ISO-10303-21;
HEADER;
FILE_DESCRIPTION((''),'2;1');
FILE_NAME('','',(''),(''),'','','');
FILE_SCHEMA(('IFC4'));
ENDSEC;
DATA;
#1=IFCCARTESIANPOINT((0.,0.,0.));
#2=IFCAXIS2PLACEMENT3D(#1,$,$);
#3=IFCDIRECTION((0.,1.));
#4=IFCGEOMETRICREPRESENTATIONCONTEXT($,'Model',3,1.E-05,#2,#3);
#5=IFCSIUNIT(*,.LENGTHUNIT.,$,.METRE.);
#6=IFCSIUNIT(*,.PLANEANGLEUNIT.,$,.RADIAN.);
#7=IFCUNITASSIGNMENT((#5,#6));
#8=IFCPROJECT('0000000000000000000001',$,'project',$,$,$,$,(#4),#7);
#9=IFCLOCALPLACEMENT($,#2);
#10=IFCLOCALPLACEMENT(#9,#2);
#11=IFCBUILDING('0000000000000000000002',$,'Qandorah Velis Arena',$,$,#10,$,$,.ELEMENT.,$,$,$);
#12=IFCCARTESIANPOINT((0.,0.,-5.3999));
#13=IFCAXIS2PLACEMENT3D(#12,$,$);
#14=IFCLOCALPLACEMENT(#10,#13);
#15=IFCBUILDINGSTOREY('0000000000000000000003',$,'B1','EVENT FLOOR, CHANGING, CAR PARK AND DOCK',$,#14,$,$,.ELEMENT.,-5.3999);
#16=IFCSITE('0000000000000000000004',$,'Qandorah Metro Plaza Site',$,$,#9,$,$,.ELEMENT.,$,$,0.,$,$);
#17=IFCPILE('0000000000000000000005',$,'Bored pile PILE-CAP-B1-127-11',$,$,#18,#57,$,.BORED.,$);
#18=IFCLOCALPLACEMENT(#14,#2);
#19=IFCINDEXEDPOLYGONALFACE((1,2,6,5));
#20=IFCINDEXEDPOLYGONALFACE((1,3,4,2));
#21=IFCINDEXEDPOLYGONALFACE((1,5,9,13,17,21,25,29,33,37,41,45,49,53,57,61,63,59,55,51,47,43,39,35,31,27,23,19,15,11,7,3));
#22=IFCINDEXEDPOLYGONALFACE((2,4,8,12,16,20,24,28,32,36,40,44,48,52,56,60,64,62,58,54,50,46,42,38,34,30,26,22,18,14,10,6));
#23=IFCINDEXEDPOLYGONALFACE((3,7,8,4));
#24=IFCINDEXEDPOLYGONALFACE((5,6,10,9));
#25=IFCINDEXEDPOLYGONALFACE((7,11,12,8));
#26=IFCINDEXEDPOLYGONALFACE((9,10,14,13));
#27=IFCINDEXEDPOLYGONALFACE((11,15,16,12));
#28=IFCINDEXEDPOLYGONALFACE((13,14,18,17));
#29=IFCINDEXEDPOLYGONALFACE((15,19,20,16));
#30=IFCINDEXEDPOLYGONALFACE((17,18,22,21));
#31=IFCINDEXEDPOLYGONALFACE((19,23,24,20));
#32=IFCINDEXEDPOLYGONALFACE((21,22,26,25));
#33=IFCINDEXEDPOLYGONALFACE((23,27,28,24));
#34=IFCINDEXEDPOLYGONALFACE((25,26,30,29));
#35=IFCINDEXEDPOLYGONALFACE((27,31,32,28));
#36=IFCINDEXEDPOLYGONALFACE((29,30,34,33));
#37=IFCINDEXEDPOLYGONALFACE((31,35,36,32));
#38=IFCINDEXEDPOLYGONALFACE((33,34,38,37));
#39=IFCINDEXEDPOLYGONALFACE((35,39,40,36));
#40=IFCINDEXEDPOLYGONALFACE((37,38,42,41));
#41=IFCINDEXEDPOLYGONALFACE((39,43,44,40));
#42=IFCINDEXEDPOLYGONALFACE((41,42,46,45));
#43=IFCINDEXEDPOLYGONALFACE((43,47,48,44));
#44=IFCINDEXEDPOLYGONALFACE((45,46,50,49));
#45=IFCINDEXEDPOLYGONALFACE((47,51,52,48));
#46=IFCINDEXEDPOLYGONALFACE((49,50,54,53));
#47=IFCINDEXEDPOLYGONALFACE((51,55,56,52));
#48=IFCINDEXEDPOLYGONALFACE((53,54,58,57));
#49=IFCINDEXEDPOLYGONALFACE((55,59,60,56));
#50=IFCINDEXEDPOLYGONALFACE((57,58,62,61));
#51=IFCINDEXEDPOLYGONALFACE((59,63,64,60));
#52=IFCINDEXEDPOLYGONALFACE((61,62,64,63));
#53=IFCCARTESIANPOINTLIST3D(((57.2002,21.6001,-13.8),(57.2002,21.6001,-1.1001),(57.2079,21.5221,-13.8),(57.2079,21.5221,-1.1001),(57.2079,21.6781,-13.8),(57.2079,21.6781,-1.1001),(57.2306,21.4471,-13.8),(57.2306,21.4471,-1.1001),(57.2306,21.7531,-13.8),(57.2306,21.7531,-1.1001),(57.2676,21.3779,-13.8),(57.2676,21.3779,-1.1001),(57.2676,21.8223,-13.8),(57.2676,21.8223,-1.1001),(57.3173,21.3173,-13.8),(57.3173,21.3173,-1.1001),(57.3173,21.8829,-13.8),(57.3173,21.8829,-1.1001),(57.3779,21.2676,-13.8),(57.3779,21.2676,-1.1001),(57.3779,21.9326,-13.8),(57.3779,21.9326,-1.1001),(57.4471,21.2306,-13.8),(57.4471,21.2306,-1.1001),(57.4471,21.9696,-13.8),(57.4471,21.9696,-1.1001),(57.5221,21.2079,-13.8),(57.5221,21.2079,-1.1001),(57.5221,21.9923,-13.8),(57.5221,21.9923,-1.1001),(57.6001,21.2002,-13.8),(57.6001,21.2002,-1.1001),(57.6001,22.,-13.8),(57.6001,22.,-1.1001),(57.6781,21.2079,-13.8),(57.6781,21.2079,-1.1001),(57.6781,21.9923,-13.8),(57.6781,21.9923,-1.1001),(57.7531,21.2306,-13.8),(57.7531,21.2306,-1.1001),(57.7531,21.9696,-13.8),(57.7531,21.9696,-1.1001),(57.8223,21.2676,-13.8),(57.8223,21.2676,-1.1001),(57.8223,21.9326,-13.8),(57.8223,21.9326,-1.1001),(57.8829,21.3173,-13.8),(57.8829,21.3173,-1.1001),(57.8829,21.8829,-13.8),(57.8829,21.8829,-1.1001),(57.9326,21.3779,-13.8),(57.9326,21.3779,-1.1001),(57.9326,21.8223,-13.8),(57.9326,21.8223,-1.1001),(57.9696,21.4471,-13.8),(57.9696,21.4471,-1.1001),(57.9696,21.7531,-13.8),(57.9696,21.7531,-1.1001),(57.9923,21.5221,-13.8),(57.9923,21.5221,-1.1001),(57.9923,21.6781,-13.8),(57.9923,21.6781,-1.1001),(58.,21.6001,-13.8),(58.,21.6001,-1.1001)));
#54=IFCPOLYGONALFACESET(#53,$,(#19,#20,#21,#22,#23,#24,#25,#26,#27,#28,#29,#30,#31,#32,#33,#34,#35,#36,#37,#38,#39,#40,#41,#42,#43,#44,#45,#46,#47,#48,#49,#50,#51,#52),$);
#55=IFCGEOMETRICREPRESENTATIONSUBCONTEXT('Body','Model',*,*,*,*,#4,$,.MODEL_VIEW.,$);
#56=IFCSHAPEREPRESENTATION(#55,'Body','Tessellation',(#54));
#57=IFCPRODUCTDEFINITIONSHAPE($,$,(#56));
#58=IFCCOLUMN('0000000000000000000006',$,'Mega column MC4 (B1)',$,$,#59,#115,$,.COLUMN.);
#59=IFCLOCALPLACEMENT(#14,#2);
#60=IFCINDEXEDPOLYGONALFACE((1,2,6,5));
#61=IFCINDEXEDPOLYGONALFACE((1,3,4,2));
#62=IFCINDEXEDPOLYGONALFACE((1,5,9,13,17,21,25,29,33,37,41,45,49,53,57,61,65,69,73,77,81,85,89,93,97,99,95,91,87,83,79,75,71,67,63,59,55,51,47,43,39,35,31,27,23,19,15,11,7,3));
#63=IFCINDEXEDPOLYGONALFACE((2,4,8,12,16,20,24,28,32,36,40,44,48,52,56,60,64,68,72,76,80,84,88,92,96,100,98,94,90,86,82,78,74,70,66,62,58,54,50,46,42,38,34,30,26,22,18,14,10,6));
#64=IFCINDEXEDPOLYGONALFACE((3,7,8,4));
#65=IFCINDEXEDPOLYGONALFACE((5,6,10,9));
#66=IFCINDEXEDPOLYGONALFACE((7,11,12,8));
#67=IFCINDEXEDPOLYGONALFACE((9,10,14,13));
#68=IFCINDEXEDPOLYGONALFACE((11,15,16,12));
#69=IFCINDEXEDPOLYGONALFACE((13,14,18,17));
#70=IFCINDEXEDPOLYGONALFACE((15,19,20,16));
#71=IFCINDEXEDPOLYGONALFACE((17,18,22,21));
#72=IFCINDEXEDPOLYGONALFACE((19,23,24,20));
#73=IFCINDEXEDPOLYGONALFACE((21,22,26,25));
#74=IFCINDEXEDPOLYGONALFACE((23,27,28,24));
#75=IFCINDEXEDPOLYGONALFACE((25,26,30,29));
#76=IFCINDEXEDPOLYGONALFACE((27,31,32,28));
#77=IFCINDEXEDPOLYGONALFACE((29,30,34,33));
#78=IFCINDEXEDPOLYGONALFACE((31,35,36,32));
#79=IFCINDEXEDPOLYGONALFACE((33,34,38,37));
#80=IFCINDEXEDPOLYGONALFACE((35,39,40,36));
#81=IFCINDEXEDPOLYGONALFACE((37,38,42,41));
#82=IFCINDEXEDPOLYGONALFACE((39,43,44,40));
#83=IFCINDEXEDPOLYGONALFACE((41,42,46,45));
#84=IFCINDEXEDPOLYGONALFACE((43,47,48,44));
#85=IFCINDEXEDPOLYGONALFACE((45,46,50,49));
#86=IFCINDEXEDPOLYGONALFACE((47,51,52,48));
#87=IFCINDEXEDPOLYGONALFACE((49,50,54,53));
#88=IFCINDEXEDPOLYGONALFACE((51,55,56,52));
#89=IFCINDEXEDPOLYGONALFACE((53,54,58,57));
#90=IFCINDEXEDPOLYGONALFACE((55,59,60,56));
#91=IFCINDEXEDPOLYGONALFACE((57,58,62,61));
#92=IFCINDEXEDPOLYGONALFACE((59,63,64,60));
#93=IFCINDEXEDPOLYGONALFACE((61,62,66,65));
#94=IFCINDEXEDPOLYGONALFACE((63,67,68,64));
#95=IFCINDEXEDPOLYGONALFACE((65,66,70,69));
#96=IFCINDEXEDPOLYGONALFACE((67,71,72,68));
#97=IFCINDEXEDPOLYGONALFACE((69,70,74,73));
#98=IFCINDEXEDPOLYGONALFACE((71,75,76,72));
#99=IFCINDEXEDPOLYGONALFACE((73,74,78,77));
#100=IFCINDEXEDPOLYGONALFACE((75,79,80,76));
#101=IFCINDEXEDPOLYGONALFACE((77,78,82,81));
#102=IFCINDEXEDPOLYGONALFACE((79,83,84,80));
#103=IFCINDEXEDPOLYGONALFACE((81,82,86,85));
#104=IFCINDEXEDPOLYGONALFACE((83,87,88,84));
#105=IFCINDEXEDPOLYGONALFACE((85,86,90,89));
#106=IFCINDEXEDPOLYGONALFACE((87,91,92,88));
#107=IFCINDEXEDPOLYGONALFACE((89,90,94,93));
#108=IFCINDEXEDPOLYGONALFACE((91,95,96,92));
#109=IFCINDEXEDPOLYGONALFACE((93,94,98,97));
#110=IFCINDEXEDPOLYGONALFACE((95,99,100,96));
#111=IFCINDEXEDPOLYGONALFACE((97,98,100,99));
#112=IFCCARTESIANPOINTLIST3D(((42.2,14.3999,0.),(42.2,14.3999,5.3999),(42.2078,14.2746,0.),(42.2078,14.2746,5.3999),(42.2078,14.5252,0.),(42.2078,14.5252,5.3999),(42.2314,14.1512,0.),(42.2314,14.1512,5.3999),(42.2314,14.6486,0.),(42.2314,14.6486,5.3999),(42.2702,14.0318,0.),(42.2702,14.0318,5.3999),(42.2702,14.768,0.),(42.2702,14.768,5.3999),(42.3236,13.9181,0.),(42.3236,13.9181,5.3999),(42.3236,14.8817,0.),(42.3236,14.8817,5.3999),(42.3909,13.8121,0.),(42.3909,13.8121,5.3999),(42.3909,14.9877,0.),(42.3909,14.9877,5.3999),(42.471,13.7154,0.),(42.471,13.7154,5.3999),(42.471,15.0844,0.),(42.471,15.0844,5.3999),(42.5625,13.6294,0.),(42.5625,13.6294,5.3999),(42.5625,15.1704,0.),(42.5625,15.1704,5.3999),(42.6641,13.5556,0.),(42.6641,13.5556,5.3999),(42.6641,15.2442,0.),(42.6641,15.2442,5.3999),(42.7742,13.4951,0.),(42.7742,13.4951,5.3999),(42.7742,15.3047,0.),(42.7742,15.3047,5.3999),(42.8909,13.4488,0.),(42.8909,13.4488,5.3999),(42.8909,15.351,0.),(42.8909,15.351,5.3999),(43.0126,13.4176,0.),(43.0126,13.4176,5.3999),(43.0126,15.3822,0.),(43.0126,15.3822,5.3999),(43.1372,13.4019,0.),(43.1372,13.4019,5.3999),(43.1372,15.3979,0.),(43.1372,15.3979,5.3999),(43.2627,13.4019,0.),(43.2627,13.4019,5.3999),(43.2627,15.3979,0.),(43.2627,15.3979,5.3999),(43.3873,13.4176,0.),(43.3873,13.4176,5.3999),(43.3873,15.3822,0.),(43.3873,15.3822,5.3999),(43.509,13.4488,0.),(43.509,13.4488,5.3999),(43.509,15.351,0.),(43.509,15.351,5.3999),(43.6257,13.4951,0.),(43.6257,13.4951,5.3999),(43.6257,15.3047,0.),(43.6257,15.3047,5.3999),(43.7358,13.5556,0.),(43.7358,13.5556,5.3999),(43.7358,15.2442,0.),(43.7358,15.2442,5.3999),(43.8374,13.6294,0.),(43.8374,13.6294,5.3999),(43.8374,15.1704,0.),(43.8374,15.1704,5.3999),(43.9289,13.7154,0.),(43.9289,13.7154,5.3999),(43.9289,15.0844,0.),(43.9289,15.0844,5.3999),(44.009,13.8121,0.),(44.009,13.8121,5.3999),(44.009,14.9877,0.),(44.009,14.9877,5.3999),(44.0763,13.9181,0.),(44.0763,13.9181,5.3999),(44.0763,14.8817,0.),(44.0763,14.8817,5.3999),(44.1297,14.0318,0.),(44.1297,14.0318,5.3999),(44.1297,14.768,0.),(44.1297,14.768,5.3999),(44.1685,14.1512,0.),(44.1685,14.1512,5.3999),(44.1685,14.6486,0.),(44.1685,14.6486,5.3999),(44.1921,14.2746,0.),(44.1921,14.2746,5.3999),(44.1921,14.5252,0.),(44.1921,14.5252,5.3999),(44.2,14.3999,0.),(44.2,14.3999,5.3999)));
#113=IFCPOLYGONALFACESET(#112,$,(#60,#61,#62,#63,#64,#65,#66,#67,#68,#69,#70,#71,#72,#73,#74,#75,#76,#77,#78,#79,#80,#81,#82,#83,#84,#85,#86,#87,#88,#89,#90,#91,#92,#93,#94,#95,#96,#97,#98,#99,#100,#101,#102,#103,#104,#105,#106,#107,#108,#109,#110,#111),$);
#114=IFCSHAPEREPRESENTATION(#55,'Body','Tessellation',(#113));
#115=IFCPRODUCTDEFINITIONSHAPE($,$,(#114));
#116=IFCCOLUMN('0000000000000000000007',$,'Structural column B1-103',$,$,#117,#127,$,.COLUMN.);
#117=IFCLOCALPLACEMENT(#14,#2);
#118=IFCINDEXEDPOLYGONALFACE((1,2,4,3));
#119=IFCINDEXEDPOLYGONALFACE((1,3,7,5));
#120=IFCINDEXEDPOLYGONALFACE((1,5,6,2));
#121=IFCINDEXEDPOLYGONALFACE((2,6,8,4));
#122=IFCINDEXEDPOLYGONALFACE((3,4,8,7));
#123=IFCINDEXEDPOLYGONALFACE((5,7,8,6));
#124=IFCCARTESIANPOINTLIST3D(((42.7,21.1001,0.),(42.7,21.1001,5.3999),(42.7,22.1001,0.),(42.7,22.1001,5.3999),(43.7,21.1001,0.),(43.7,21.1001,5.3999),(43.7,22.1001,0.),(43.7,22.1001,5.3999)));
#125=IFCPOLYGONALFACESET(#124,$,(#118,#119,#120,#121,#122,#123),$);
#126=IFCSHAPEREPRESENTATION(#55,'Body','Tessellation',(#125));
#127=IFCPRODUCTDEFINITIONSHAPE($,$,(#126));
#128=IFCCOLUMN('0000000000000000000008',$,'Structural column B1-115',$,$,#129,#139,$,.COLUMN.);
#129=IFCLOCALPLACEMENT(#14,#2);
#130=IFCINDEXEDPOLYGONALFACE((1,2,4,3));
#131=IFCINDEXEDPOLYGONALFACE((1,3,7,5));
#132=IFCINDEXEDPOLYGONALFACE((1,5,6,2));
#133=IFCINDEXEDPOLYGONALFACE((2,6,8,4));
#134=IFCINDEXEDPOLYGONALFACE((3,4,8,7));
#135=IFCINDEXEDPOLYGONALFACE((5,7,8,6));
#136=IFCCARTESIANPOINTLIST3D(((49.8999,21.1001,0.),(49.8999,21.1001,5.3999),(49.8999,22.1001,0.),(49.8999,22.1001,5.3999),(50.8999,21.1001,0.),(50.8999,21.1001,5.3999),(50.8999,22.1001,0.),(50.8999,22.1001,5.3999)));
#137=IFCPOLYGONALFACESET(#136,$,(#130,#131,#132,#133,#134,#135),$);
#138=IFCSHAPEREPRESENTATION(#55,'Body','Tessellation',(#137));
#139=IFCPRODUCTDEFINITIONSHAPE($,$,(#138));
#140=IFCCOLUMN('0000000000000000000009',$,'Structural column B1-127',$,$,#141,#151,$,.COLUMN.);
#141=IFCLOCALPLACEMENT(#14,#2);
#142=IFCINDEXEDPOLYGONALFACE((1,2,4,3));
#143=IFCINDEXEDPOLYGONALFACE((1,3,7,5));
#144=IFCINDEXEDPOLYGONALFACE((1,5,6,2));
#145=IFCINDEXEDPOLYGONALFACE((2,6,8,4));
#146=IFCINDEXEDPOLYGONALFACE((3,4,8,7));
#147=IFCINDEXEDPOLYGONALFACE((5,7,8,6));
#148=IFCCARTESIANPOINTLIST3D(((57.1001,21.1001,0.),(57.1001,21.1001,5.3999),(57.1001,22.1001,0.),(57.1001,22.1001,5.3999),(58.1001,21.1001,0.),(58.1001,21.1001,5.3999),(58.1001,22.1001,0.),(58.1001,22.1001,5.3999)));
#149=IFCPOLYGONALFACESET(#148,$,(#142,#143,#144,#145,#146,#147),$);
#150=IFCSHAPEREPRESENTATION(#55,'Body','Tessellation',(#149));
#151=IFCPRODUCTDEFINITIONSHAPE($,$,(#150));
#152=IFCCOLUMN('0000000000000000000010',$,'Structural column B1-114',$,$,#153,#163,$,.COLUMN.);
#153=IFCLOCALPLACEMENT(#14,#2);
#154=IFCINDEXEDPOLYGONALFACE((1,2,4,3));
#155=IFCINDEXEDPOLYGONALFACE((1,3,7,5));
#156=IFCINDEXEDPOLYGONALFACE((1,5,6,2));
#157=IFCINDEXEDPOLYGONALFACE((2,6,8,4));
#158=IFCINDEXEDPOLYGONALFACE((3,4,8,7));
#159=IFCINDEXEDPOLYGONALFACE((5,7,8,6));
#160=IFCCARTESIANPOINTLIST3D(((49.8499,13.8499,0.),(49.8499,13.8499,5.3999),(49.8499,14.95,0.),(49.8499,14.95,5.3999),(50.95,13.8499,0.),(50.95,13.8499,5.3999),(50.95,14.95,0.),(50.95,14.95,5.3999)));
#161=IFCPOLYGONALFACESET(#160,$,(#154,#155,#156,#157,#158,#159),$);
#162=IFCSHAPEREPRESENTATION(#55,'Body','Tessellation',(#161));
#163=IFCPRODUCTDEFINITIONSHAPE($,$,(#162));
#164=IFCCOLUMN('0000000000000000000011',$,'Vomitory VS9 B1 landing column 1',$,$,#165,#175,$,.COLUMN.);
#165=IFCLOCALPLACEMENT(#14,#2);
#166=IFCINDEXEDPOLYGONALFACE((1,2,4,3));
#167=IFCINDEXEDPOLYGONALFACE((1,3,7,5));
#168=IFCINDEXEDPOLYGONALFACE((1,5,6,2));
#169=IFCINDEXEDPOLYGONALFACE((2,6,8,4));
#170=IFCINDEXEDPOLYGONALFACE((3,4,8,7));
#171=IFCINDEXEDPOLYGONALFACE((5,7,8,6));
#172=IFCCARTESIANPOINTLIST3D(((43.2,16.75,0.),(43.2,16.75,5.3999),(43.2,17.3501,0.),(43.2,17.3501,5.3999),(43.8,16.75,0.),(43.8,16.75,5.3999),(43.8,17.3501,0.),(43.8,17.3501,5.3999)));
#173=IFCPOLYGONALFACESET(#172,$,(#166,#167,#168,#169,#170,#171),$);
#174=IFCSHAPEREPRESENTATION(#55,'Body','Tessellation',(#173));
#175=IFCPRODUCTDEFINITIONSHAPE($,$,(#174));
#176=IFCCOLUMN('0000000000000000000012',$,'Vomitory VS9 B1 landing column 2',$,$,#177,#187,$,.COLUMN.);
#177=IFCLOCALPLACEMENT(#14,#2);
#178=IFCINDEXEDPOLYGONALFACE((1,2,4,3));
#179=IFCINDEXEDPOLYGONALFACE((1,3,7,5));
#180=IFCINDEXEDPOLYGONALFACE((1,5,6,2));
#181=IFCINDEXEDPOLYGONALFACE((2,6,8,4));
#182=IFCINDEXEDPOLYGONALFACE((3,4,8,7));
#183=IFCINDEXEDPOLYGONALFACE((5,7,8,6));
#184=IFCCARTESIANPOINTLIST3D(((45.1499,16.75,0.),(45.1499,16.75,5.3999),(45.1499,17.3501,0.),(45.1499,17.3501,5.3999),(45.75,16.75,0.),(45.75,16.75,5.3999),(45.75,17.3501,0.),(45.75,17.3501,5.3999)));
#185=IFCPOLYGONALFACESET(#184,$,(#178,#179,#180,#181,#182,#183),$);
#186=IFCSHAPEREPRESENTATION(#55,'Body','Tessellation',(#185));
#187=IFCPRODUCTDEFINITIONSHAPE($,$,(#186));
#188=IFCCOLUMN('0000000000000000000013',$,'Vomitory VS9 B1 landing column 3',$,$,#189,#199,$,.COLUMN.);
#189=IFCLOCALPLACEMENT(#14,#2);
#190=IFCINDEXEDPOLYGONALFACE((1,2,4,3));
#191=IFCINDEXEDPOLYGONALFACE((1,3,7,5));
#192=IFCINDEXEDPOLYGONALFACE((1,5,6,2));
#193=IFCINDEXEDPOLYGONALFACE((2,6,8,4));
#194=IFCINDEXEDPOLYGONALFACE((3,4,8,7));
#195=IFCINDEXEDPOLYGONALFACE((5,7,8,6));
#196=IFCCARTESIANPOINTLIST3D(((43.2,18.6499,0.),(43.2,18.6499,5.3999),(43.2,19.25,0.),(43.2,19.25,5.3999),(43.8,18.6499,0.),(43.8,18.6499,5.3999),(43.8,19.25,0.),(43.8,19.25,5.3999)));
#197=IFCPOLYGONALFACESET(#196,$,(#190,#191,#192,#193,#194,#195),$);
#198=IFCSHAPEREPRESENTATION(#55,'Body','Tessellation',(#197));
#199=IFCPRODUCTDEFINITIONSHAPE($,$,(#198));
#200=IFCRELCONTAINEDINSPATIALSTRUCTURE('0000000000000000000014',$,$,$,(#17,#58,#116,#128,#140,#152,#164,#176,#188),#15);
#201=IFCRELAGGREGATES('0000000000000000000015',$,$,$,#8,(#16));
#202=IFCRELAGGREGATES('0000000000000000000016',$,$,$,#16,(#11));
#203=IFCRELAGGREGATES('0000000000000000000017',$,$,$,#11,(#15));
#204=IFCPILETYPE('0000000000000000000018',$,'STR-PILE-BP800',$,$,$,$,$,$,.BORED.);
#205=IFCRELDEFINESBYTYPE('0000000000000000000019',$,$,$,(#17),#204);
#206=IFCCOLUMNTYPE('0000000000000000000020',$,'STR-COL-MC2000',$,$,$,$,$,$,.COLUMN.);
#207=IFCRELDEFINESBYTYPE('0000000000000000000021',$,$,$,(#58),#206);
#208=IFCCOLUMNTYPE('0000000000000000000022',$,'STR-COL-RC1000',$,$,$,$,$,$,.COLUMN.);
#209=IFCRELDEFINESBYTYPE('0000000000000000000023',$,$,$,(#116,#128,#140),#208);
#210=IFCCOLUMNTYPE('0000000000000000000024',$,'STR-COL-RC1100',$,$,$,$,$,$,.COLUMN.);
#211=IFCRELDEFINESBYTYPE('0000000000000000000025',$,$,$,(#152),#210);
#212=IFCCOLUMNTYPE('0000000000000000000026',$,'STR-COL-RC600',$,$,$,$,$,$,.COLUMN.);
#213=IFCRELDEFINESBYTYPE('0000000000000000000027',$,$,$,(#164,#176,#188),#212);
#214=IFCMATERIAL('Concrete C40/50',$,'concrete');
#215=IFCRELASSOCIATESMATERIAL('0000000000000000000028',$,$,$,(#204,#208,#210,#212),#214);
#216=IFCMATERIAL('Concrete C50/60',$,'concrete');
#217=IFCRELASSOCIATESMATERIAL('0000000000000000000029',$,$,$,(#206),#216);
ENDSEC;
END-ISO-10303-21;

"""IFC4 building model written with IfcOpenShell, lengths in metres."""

from ifc_helpers import new_model, si_unit, direction, frame, origin, origin_2d, place, context, subcontext, project, spatial, rectangle, circle, extrude, material, material_profile, profile_set, type_object, element, save


model = new_model("IFC4")

# Units and contexts
model_context = context("Model", 3, precision=1e-05, world=origin(), true_north=direction((0.0, 1.0)))
body_context = subcontext(model_context, "Body", "Model", "MODEL_VIEW")
ifc_project = project(units=[si_unit("LENGTHUNIT", "METRE"), si_unit("PLANEANGLEUNIT", "RADIAN")], contexts=[model_context])

# Site, building, storey
site_placement = place(None, origin())
site = spatial("IfcSite", under=ifc_project, at=site_placement, Name="Qandorah Metro Plaza Site", CompositionType="ELEMENT", RefElevation=0.0)
building_placement = place(site_placement, origin())
building = spatial("IfcBuilding", under=site, at=building_placement, Name="Qandorah Velis Arena", CompositionType="ELEMENT")
storey_placement = place(building_placement, frame((0.0, 0.0, -5.3999)))
storey = spatial("IfcBuildingStorey", under=building, at=storey_placement, Name="B1", Description="EVENT FLOOR, CHANGING, CAR PARK AND DOCK", CompositionType="ELEMENT", Elevation=-5.3999)

# Shared definitions
ifc_material_1 = material(Name="Concrete C40/50", Category="concrete")

# Pile
ifc_material_profile_1 = material_profile(ifc_material_1, circle(Radius=0.3999, at=origin_2d()), Name="BORED PILE D800")
ifc_profile_set_1 = profile_set([ifc_material_profile_1], Name="Concrete C40/50")
pile_type_1 = type_object("IfcPileType", Name="STR-PILE-BP800", PredefinedType="BORED", material=ifc_profile_set_1)
pile_1_placement = place(storey_placement, frame((57.6001, 21.6001, -1.1001), z_axis=(0.0, 0.0, -1.0), x_axis=(1.0, 0.0, 0.0)))
element("IfcPile", 1, at=pile_1_placement, inside=storey, type_object=pile_type_1, Name="Bored pile PILE-CAP-B1-127-11", PredefinedType="BORED", context=body_context, shape_type="SweptSolid", body=[
    extrude(circle(Radius=0.3999, at=origin_2d()), origin(), (0.0, 0.0, 1.0), 12.7),
])

# Columns
ifc_material_2 = material(Name="Concrete C50/60", Category="concrete")
ifc_material_profile_2 = material_profile(ifc_material_2, circle(Radius=1.0, at=origin_2d()), Name="MC D2000")
ifc_profile_set_2 = profile_set([ifc_material_profile_2], Name="Concrete C50/60")
column_type_1 = type_object("IfcColumnType", Name="STR-COL-MC2000", PredefinedType="COLUMN", material=ifc_profile_set_2)
column_1_placement = place(storey_placement, frame((43.2, 14.3999, 0.0), z_axis=(0.0, 0.0, 1.0), x_axis=(1.0, 0.0, 0.0)))
element("IfcColumn", 2, at=column_1_placement, inside=storey, type_object=column_type_1, Name="Mega column MC4 (B1)", PredefinedType="COLUMN", context=body_context, shape_type="SweptSolid", body=[
    extrude(circle(Radius=1.0, at=origin_2d()), origin(), (0.0, 0.0, 1.0), 5.3999),
])
ifc_material_profile_3 = material_profile(ifc_material_1, rectangle(XDim=1.0, YDim=1.0, at=origin_2d()), Name="RC COL 1000x1000")
ifc_profile_set_3 = profile_set([ifc_material_profile_3], Name="Concrete C40/50")
column_type_2 = type_object("IfcColumnType", Name="STR-COL-RC1000", PredefinedType="COLUMN", material=ifc_profile_set_3)
for number, where, z_axis, x_axis, name in (
    (3, (43.2, 21.6001, 0.0), (0.0, 0.0, 1.0), (1.0, 0.0, 0.0), "Structural column B1-103"),
    (4, (50.3999, 21.6001, 0.0), (0.0, 0.0, 1.0), (1.0, 0.0, 0.0), "Structural column B1-115"),
    (5, (57.6001, 21.6001, 0.0), (0.0, 0.0, 1.0), (1.0, 0.0, 0.0), "Structural column B1-127"),
):
    element("IfcColumn", number, at=place(storey_placement, frame(where, z_axis=z_axis, x_axis=x_axis)), inside=storey, type_object=column_type_2, Name=name, PredefinedType="COLUMN", context=body_context, shape_type="SweptSolid", body=[
        extrude(rectangle(XDim=1.0, YDim=1.0, at=origin_2d()), origin(), (0.0, 0.0, 1.0), 5.3999),
    ])
ifc_material_profile_4 = material_profile(ifc_material_1, rectangle(XDim=1.1001, YDim=1.1001, at=origin_2d()), Name="RC COL 1100x1100")
ifc_profile_set_4 = profile_set([ifc_material_profile_4], Name="Concrete C40/50")
column_type_3 = type_object("IfcColumnType", Name="STR-COL-RC1100", PredefinedType="COLUMN", material=ifc_profile_set_4)
column_2_placement = place(storey_placement, frame((50.3999, 14.3999, 0.0), z_axis=(0.0, 0.0, 1.0), x_axis=(1.0, 0.0, 0.0)))
element("IfcColumn", 6, at=column_2_placement, inside=storey, type_object=column_type_3, Name="Structural column B1-114", PredefinedType="COLUMN", context=body_context, shape_type="SweptSolid", body=[
    extrude(rectangle(XDim=1.1001, YDim=1.1001, at=origin_2d()), origin(), (0.0, 0.0, 1.0), 5.3999),
])
ifc_material_profile_5 = material_profile(ifc_material_1, rectangle(XDim=0.6001, YDim=0.6001, at=origin_2d()), Name="RC COL 600x600")
ifc_profile_set_5 = profile_set([ifc_material_profile_5], Name="Concrete C40/50")
column_type_4 = type_object("IfcColumnType", Name="STR-COL-RC600", PredefinedType="COLUMN", material=ifc_profile_set_5)
for number, where, z_axis, x_axis, name in (
    (7, (43.5, 17.05, 0.0), (0.0, 0.0, 1.0), (1.0, 0.0, 0.0), "Vomitory VS9 B1 landing column 1"),
    (8, (45.45, 17.05, 0.0), (0.0, 0.0, 1.0), (1.0, 0.0, 0.0), "Vomitory VS9 B1 landing column 2"),
    (9, (43.5, 18.95, 0.0), (0.0, 0.0, 1.0), (1.0, 0.0, 0.0), "Vomitory VS9 B1 landing column 3"),
):
    element("IfcColumn", number, at=place(storey_placement, frame(where, z_axis=z_axis, x_axis=x_axis)), inside=storey, type_object=column_type_4, Name=name, PredefinedType="COLUMN", context=body_context, shape_type="SweptSolid", body=[
        extrude(rectangle(XDim=0.6001, YDim=0.6001, at=origin_2d()), origin(), (0.0, 0.0, 1.0), 5.3999),
    ])

save(model, "model.ifc")
